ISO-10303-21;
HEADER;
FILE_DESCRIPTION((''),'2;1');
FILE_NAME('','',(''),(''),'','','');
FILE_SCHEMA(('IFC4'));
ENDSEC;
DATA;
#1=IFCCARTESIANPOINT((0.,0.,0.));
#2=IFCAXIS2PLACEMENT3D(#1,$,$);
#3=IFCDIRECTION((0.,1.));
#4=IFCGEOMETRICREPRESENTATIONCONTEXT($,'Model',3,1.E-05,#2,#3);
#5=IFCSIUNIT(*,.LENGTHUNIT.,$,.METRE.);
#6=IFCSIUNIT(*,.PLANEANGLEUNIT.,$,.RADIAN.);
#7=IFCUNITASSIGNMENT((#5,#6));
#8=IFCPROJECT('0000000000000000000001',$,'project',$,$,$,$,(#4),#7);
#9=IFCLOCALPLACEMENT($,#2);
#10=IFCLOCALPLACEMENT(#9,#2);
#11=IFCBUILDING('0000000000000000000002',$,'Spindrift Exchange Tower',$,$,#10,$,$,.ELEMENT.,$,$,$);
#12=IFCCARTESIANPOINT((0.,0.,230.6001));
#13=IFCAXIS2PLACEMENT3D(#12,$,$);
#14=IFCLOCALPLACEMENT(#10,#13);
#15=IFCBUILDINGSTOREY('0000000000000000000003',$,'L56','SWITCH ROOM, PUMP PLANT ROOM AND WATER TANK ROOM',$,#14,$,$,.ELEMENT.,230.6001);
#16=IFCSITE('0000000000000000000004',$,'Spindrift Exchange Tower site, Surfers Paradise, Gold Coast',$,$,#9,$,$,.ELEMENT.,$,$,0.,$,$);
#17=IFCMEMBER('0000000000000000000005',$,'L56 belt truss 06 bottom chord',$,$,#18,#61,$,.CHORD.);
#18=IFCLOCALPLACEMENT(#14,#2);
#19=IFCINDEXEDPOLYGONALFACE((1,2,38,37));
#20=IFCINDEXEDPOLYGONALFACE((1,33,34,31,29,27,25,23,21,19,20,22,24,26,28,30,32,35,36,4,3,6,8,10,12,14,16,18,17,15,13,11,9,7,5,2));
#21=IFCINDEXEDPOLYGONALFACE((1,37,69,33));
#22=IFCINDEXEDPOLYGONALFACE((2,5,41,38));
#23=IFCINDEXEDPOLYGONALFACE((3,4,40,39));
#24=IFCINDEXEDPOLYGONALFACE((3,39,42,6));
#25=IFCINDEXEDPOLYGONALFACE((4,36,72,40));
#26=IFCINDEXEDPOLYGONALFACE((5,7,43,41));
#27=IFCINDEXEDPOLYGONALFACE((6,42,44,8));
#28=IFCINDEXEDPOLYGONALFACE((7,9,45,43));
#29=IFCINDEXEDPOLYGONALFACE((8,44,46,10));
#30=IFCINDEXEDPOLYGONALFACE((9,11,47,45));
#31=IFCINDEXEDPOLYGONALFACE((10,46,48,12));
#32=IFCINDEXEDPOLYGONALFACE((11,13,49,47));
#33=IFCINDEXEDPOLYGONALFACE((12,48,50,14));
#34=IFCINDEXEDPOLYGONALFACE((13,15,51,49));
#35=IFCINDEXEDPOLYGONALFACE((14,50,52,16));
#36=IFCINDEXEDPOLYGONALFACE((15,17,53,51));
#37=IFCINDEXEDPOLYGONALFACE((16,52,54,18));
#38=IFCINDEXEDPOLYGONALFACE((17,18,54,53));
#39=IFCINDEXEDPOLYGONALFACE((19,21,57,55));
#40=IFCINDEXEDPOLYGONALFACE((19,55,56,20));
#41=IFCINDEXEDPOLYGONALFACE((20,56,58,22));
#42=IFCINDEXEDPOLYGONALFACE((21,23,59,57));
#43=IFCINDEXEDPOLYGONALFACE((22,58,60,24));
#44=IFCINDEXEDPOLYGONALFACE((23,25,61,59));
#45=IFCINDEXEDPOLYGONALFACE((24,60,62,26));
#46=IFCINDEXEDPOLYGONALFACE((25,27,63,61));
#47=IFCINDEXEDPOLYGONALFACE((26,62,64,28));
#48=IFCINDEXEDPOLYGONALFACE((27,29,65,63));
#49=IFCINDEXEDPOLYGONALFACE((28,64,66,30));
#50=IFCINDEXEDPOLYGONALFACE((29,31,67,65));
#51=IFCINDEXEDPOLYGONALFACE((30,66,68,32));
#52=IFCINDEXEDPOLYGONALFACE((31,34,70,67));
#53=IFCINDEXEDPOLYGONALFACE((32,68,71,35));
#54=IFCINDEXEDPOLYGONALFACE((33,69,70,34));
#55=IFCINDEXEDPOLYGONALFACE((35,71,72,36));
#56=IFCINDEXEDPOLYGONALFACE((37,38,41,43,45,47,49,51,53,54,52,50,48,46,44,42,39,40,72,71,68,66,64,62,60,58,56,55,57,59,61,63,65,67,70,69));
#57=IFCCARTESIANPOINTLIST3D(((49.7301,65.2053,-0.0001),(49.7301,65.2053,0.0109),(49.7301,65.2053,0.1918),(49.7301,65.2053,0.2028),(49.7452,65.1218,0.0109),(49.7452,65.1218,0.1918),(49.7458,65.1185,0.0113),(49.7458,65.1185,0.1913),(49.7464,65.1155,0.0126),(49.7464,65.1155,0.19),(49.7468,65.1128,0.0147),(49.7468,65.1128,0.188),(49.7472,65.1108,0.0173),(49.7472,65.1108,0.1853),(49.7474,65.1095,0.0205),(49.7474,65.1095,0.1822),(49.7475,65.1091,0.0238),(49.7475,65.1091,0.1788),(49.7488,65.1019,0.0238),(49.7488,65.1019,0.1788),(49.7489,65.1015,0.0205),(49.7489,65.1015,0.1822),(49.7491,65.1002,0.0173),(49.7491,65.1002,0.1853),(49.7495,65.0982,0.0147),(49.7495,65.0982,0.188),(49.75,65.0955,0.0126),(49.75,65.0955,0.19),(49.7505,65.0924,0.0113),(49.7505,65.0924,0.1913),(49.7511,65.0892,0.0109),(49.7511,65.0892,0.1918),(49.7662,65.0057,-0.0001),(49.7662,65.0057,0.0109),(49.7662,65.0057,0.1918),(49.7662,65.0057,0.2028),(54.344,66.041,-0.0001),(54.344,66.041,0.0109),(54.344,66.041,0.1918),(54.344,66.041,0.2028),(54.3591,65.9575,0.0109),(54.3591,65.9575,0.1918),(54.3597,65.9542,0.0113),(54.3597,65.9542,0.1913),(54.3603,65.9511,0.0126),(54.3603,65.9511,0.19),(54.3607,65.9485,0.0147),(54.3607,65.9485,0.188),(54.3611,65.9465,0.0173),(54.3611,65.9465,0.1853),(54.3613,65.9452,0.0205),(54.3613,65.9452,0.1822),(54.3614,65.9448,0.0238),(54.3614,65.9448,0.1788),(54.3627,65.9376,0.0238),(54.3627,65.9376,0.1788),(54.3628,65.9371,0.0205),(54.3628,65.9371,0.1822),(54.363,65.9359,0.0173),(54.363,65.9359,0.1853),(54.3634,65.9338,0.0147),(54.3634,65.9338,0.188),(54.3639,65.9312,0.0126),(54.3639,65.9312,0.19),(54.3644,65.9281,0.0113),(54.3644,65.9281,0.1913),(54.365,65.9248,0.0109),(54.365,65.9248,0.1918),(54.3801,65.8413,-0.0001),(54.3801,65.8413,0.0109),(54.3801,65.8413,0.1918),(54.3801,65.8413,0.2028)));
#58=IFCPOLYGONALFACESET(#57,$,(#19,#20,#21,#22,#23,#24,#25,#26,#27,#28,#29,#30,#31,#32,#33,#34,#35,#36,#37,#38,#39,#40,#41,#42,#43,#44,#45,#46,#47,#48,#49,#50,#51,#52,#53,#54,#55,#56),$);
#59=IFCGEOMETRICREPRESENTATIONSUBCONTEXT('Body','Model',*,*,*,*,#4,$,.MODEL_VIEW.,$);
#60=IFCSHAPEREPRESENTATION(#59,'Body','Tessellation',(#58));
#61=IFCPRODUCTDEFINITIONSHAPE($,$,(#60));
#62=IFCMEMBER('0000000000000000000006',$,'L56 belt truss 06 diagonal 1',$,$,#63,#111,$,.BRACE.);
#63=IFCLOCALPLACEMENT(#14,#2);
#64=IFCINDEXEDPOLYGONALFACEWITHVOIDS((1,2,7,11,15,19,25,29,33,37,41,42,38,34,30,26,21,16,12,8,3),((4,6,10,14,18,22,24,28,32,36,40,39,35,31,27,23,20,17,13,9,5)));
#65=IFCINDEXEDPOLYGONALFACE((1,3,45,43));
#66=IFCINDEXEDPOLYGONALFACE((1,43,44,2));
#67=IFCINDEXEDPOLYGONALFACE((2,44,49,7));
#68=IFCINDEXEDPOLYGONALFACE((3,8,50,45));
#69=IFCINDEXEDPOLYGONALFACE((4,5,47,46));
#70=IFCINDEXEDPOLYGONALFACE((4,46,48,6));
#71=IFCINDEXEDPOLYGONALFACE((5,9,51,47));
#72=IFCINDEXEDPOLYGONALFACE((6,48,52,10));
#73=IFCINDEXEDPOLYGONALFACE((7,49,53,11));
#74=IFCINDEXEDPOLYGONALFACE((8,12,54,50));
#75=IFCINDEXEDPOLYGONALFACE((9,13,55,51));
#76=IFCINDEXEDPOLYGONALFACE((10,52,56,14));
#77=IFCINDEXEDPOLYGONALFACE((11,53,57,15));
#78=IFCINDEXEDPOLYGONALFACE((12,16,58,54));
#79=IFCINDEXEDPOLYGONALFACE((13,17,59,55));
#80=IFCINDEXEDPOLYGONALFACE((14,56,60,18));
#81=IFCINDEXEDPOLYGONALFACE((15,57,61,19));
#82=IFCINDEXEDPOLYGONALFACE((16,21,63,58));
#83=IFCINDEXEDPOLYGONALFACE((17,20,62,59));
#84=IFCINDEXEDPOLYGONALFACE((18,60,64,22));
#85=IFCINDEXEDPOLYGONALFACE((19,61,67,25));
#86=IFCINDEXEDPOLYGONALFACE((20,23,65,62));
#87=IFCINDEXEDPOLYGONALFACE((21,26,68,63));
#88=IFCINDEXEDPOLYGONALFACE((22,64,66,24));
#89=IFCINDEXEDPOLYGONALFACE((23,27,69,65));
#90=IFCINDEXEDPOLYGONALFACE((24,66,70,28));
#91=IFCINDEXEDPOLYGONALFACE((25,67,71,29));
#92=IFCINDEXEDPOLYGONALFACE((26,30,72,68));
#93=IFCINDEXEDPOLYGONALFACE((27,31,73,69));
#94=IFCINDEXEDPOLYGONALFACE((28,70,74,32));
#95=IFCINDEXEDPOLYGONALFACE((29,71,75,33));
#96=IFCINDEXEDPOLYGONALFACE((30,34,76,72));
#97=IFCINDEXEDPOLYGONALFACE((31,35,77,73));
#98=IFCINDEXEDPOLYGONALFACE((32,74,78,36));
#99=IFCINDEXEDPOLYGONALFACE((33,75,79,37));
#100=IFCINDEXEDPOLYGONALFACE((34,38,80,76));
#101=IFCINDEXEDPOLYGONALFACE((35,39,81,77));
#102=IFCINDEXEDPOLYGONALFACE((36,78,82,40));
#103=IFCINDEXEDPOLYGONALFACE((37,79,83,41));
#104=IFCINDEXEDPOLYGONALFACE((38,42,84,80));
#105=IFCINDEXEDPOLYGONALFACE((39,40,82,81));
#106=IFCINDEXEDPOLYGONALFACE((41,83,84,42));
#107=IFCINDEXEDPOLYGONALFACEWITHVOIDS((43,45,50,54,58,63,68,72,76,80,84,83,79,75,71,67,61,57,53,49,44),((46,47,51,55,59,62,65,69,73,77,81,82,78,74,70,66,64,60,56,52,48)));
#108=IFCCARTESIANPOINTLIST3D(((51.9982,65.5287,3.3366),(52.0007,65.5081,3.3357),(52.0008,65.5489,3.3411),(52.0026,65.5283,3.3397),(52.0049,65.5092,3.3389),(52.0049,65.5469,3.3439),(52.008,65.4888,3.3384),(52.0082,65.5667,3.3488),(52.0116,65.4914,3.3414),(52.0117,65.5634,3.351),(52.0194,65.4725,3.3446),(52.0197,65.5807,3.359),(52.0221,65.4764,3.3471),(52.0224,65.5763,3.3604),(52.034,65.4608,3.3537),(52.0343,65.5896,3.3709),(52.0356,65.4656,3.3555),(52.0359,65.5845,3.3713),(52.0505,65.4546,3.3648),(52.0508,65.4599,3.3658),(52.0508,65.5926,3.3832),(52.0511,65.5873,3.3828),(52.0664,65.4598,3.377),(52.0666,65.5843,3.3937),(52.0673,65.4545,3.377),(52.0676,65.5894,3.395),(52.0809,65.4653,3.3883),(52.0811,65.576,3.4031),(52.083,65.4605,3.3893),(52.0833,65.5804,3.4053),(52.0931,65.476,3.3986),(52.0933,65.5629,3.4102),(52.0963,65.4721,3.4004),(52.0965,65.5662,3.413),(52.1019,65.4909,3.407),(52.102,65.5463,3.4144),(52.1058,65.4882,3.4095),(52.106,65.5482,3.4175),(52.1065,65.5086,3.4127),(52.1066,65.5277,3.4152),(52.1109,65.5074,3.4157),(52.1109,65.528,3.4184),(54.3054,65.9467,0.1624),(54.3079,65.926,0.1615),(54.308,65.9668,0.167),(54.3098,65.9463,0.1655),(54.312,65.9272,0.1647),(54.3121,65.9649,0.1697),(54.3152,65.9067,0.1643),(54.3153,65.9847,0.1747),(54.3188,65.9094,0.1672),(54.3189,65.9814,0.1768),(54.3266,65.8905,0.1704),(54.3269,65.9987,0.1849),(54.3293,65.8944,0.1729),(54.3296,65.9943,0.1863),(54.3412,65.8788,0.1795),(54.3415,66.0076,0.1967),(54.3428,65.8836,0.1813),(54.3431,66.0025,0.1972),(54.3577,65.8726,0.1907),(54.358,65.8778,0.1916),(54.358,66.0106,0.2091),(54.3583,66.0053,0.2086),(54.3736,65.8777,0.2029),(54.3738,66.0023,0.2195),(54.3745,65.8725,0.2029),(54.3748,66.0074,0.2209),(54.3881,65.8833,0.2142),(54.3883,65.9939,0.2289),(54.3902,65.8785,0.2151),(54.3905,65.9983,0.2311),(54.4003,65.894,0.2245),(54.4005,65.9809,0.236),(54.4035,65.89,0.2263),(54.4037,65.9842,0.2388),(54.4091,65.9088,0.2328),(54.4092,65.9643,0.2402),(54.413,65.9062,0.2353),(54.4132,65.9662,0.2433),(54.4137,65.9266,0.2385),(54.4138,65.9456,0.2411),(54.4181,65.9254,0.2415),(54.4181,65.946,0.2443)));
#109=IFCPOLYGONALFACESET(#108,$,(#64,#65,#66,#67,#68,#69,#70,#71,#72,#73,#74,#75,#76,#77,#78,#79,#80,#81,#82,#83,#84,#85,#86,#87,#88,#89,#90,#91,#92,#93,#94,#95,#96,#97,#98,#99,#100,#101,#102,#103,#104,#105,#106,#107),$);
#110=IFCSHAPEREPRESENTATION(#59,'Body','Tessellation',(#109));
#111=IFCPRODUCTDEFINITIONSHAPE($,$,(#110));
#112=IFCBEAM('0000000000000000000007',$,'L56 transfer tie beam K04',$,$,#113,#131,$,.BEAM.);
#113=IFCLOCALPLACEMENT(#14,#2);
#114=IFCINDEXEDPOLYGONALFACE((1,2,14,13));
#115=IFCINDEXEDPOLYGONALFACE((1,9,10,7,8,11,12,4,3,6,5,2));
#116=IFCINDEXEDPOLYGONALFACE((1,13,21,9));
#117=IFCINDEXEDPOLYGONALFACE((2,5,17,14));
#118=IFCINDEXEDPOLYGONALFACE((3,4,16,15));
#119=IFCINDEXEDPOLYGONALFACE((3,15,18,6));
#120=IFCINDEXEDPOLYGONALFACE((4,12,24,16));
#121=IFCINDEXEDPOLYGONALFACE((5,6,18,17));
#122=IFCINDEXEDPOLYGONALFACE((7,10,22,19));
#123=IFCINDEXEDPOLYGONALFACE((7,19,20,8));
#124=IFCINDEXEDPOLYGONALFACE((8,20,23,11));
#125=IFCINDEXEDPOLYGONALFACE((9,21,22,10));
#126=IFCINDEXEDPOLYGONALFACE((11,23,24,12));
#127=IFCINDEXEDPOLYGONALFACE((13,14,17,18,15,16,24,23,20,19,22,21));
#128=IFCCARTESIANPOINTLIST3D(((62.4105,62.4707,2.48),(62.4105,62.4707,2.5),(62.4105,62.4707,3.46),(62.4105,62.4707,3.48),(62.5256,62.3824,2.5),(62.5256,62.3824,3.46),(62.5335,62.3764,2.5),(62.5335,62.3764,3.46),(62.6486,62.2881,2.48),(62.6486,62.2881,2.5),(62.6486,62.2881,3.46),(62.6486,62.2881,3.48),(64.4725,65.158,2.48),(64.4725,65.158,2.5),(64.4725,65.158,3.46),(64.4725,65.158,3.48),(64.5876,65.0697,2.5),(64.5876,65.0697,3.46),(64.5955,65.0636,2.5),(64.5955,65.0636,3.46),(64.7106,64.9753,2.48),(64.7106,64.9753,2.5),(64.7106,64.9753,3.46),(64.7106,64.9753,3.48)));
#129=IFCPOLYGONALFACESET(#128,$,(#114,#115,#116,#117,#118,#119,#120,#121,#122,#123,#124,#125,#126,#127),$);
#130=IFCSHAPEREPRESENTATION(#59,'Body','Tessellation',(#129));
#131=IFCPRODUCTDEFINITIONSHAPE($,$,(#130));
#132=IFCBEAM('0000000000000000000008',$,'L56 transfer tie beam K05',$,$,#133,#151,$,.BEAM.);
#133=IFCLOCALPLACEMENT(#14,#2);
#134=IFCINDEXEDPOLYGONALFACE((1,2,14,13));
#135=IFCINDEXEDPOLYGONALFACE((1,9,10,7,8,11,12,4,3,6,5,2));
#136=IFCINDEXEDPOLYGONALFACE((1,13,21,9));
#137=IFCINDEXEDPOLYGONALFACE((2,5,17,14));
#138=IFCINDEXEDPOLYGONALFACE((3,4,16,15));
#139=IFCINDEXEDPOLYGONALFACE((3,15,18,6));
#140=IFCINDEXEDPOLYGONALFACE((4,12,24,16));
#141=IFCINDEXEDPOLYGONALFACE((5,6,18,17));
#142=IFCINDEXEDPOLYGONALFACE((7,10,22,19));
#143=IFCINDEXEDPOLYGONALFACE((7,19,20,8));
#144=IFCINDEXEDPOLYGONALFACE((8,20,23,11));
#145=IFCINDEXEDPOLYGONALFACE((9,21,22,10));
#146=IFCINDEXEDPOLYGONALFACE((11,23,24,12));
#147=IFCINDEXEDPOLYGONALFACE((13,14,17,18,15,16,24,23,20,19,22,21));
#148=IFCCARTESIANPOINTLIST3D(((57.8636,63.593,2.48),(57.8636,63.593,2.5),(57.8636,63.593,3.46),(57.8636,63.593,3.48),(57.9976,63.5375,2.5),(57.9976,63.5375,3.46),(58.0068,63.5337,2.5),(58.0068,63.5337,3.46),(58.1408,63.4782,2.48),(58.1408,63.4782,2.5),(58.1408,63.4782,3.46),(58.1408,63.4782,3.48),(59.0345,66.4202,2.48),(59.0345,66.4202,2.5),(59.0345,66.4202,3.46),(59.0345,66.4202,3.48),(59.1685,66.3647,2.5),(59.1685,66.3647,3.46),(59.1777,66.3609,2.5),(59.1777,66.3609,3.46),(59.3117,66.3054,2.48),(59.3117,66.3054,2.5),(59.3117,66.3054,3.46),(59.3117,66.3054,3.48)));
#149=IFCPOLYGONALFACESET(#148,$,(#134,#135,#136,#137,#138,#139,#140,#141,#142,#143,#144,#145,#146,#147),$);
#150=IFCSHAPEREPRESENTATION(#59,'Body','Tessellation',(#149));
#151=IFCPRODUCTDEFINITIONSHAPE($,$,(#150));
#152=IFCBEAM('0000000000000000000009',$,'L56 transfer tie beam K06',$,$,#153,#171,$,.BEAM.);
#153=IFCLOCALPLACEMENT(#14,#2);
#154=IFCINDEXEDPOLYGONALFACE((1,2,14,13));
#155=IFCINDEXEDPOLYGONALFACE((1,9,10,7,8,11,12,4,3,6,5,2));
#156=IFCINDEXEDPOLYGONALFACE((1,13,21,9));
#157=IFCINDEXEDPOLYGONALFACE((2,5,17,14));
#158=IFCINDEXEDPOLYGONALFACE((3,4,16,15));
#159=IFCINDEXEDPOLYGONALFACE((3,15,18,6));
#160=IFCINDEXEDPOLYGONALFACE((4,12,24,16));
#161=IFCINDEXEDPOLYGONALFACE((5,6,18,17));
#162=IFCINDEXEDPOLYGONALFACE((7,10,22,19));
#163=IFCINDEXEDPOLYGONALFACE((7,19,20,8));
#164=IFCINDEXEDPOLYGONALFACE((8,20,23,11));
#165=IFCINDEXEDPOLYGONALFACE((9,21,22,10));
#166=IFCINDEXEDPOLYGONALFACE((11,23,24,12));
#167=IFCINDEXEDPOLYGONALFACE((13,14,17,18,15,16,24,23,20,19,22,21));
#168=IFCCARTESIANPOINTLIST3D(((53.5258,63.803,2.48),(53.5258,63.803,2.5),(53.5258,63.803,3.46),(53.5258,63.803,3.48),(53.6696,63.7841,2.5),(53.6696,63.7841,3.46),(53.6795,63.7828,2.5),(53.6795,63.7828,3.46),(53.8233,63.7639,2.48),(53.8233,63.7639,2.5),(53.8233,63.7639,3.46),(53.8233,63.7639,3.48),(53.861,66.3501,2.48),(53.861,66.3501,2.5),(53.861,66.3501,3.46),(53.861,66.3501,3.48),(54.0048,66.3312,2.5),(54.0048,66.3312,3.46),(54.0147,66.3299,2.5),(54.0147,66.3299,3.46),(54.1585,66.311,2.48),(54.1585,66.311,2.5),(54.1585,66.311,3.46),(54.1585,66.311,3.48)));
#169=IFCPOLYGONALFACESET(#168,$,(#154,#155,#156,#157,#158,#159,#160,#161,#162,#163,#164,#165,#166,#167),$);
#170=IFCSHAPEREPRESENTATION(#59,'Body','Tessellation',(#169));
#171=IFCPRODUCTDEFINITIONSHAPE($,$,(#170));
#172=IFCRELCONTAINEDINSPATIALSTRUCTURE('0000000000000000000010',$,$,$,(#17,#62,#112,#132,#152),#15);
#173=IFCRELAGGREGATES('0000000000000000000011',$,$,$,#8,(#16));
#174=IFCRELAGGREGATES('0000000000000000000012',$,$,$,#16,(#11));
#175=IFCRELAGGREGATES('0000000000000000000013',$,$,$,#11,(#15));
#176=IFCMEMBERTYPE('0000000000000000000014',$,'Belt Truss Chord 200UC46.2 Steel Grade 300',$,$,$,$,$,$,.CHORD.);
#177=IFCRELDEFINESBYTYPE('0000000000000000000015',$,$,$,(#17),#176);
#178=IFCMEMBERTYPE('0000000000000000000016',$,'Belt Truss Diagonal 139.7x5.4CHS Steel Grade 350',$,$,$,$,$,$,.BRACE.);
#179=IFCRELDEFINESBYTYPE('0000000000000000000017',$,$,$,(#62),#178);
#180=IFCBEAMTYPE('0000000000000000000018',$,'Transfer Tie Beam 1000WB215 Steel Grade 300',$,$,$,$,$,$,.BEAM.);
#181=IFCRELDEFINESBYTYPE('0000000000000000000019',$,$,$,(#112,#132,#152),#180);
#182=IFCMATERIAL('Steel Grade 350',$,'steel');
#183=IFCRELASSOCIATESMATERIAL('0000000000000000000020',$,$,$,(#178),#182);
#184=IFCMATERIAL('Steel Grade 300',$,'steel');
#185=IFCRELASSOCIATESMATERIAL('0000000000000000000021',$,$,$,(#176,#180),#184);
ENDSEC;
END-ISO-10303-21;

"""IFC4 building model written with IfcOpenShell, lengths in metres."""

from ifc_helpers import new_model, si_unit, direction, frame, origin, origin_2d, place, context, subcontext, project, spatial, hollow_circle, i_section, extrude, source, transform, mapped, material, material_profile, profile_set, type_object, element, save


model = new_model("IFC4")

# Units and contexts
model_context = context("Model", 3, precision=1e-05, world=origin(), true_north=direction((0.0, 1.0)))
body_context = subcontext(model_context, "Body", "Model", "MODEL_VIEW")
ifc_project = project(units=[si_unit("LENGTHUNIT", "METRE"), si_unit("PLANEANGLEUNIT", "RADIAN")], contexts=[model_context])

# Site, building, storey
site_placement = place(None, origin())
site = spatial("IfcSite", under=ifc_project, at=site_placement, Name="Spindrift Exchange Tower site, Surfers Paradise, Gold Coast", CompositionType="ELEMENT", RefElevation=0.0)
building_placement = place(site_placement, origin())
building = spatial("IfcBuilding", under=site, at=building_placement, Name="Spindrift Exchange Tower", CompositionType="ELEMENT")
storey_placement = place(building_placement, frame((0.0, 0.0, 230.6001)))
storey = spatial("IfcBuildingStorey", under=building, at=storey_placement, Name="L56", Description="SWITCH ROOM, PUMP PLANT ROOM AND WATER TANK ROOM", CompositionType="ELEMENT", Elevation=230.6001)

# Members
ifc_material_1 = material(Name="Steel Grade 300", Category="steel")
ifc_material_2 = material(Name="Steel Grade 350", Category="steel")
ifc_material_profile_1 = material_profile(ifc_material_2, hollow_circle(Radius=0.0698, WallThickness=0.0054, at=origin_2d()), Name="139.7x5.4CHS")
ifc_profile_set_1 = profile_set([ifc_material_profile_1], Name="Steel Grade 350")
member_type_1 = type_object("IfcMemberType", Name="Belt Truss Diagonal 139.7x5.4CHS Steel Grade 350", PredefinedType="BRACE", material=ifc_profile_set_1)
ifc_material_profile_2 = material_profile(ifc_material_1, i_section(OverallWidth=0.2029, OverallDepth=0.2029, WebThickness=0.0073, FlangeThickness=0.011, FilletRadius=0.0129, at=origin_2d()), Name="200UC46.2")
ifc_profile_set_2 = profile_set([ifc_material_profile_2], Name="Steel Grade 300")
member_type_2 = type_object("IfcMemberType", Name="Belt Truss Chord 200UC46.2 Steel Grade 300", PredefinedType="CHORD", material=ifc_profile_set_2)
shared_shape_1 = source(origin(), body_context, "Body", "SweptSolid", [
    extrude(i_section(OverallWidth=0.2029, OverallDepth=0.2029, WebThickness=0.0073, FlangeThickness=0.011, FilletRadius=0.0129, at=origin_2d()), origin(), (0.0, 0.0, 1.0), 4.689),
])
for number, where, z_axis, x_axis, name in (
    (1, (54.3621, 65.9412, 0.1013), (-0.98399, -0.178221, 0.0), (0.178221, -0.98399, 0.0), "L56 belt truss 06 bottom chord"),
):
    element("IfcMember", number, at=place(storey_placement, frame(where, z_axis=z_axis, x_axis=x_axis)), inside=storey, type_object=member_type_2, Name=name, PredefinedType="CHORD", context=body_context, shape_type="MappedRepresentation", body=[
        mapped(shared_shape_1, transform((0.0, 0.0, 0.0), scale=1.0)),
    ])
shared_shape_2 = source(origin(), body_context, "Body", "SweptSolid", [
    extrude(hollow_circle(Radius=0.0698, WallThickness=0.0054, at=origin_2d()), origin(), (0.0, 0.0, 1.0), 3.9463),
])
member_1_placement = place(storey_placement, frame((54.3621, 65.9412, 0.2029), z_axis=(-0.58465, -0.105918, 0.804342), x_axis=(0.178262, -0.983983, 0.0)))
element("IfcMember", 2, at=member_1_placement, inside=storey, type_object=member_type_1, Name="L56 belt truss 06 diagonal 1", PredefinedType="BRACE", context=body_context, shape_type="MappedRepresentation", body=[
    mapped(shared_shape_2, transform((0.0, 0.0, 0.0), scale=1.0)),
])

# Beams
ifc_material_profile_3 = material_profile(ifc_material_1, i_section(OverallWidth=0.3, OverallDepth=1.0, WebThickness=0.01, FlangeThickness=0.02, at=origin_2d()), Name="1000WB215")
ifc_profile_set_3 = profile_set([ifc_material_profile_3], Name="Steel Grade 300")
beam_type = type_object("IfcBeamType", Name="Transfer Tie Beam 1000WB215 Steel Grade 300", PredefinedType="BEAM", material=ifc_profile_set_3)
shared_shape_3 = source(origin(), body_context, "Body", "SweptSolid", [
    extrude(i_section(OverallWidth=0.3, OverallDepth=1.0, WebThickness=0.01, FlangeThickness=0.02, at=origin_2d()), origin(), (0.0, 0.0, 1.0), 3.3872),
])
beam_1_placement = place(storey_placement, frame((64.5916, 65.0667, 2.98), z_axis=(-0.608763, -0.793352, 0.0), x_axis=(0.793352, -0.608763, 0.0)))
element("IfcBeam", 3, at=beam_1_placement, inside=storey, type_object=beam_type, Name="L56 transfer tie beam K04", PredefinedType="BEAM", context=body_context, shape_type="MappedRepresentation", body=[
    mapped(shared_shape_3, transform((0.0, 0.0, 0.0), scale=1.0)),
])
shared_shape_4 = source(origin(), body_context, "Body", "SweptSolid", [
    extrude(i_section(OverallWidth=0.3, OverallDepth=1.0, WebThickness=0.01, FlangeThickness=0.02, at=origin_2d()), origin(), (0.0, 0.0, 1.0), 3.0601),
])
beam_2_placement = place(storey_placement, frame((59.1731, 66.3628, 2.98), z_axis=(-0.382643, -0.923896, 0.0), x_axis=(0.923896, -0.382643, 0.0)))
element("IfcBeam", 4, at=beam_2_placement, inside=storey, type_object=beam_type, Name="L56 transfer tie beam K05", PredefinedType="BEAM", context=body_context, shape_type="MappedRepresentation", body=[
    mapped(shared_shape_4, transform((0.0, 0.0, 0.0), scale=1.0)),
])
shared_shape_5 = source(origin(), body_context, "Body", "SweptSolid", [
    extrude(i_section(OverallWidth=0.3, OverallDepth=1.0, WebThickness=0.01, FlangeThickness=0.02, at=origin_2d()), origin(), (0.0, 0.0, 1.0), 2.5691),
])
beam_3_placement = place(storey_placement, frame((54.0098, 66.3306, 2.98), z_axis=(-0.130477, -0.991451, 0.0), x_axis=(0.991451, -0.130477, 0.0)))
element("IfcBeam", 5, at=beam_3_placement, inside=storey, type_object=beam_type, Name="L56 transfer tie beam K06", PredefinedType="BEAM", context=body_context, shape_type="MappedRepresentation", body=[
    mapped(shared_shape_5, transform((0.0, 0.0, 0.0), scale=1.0)),
])

save(model, "model.ifc")
